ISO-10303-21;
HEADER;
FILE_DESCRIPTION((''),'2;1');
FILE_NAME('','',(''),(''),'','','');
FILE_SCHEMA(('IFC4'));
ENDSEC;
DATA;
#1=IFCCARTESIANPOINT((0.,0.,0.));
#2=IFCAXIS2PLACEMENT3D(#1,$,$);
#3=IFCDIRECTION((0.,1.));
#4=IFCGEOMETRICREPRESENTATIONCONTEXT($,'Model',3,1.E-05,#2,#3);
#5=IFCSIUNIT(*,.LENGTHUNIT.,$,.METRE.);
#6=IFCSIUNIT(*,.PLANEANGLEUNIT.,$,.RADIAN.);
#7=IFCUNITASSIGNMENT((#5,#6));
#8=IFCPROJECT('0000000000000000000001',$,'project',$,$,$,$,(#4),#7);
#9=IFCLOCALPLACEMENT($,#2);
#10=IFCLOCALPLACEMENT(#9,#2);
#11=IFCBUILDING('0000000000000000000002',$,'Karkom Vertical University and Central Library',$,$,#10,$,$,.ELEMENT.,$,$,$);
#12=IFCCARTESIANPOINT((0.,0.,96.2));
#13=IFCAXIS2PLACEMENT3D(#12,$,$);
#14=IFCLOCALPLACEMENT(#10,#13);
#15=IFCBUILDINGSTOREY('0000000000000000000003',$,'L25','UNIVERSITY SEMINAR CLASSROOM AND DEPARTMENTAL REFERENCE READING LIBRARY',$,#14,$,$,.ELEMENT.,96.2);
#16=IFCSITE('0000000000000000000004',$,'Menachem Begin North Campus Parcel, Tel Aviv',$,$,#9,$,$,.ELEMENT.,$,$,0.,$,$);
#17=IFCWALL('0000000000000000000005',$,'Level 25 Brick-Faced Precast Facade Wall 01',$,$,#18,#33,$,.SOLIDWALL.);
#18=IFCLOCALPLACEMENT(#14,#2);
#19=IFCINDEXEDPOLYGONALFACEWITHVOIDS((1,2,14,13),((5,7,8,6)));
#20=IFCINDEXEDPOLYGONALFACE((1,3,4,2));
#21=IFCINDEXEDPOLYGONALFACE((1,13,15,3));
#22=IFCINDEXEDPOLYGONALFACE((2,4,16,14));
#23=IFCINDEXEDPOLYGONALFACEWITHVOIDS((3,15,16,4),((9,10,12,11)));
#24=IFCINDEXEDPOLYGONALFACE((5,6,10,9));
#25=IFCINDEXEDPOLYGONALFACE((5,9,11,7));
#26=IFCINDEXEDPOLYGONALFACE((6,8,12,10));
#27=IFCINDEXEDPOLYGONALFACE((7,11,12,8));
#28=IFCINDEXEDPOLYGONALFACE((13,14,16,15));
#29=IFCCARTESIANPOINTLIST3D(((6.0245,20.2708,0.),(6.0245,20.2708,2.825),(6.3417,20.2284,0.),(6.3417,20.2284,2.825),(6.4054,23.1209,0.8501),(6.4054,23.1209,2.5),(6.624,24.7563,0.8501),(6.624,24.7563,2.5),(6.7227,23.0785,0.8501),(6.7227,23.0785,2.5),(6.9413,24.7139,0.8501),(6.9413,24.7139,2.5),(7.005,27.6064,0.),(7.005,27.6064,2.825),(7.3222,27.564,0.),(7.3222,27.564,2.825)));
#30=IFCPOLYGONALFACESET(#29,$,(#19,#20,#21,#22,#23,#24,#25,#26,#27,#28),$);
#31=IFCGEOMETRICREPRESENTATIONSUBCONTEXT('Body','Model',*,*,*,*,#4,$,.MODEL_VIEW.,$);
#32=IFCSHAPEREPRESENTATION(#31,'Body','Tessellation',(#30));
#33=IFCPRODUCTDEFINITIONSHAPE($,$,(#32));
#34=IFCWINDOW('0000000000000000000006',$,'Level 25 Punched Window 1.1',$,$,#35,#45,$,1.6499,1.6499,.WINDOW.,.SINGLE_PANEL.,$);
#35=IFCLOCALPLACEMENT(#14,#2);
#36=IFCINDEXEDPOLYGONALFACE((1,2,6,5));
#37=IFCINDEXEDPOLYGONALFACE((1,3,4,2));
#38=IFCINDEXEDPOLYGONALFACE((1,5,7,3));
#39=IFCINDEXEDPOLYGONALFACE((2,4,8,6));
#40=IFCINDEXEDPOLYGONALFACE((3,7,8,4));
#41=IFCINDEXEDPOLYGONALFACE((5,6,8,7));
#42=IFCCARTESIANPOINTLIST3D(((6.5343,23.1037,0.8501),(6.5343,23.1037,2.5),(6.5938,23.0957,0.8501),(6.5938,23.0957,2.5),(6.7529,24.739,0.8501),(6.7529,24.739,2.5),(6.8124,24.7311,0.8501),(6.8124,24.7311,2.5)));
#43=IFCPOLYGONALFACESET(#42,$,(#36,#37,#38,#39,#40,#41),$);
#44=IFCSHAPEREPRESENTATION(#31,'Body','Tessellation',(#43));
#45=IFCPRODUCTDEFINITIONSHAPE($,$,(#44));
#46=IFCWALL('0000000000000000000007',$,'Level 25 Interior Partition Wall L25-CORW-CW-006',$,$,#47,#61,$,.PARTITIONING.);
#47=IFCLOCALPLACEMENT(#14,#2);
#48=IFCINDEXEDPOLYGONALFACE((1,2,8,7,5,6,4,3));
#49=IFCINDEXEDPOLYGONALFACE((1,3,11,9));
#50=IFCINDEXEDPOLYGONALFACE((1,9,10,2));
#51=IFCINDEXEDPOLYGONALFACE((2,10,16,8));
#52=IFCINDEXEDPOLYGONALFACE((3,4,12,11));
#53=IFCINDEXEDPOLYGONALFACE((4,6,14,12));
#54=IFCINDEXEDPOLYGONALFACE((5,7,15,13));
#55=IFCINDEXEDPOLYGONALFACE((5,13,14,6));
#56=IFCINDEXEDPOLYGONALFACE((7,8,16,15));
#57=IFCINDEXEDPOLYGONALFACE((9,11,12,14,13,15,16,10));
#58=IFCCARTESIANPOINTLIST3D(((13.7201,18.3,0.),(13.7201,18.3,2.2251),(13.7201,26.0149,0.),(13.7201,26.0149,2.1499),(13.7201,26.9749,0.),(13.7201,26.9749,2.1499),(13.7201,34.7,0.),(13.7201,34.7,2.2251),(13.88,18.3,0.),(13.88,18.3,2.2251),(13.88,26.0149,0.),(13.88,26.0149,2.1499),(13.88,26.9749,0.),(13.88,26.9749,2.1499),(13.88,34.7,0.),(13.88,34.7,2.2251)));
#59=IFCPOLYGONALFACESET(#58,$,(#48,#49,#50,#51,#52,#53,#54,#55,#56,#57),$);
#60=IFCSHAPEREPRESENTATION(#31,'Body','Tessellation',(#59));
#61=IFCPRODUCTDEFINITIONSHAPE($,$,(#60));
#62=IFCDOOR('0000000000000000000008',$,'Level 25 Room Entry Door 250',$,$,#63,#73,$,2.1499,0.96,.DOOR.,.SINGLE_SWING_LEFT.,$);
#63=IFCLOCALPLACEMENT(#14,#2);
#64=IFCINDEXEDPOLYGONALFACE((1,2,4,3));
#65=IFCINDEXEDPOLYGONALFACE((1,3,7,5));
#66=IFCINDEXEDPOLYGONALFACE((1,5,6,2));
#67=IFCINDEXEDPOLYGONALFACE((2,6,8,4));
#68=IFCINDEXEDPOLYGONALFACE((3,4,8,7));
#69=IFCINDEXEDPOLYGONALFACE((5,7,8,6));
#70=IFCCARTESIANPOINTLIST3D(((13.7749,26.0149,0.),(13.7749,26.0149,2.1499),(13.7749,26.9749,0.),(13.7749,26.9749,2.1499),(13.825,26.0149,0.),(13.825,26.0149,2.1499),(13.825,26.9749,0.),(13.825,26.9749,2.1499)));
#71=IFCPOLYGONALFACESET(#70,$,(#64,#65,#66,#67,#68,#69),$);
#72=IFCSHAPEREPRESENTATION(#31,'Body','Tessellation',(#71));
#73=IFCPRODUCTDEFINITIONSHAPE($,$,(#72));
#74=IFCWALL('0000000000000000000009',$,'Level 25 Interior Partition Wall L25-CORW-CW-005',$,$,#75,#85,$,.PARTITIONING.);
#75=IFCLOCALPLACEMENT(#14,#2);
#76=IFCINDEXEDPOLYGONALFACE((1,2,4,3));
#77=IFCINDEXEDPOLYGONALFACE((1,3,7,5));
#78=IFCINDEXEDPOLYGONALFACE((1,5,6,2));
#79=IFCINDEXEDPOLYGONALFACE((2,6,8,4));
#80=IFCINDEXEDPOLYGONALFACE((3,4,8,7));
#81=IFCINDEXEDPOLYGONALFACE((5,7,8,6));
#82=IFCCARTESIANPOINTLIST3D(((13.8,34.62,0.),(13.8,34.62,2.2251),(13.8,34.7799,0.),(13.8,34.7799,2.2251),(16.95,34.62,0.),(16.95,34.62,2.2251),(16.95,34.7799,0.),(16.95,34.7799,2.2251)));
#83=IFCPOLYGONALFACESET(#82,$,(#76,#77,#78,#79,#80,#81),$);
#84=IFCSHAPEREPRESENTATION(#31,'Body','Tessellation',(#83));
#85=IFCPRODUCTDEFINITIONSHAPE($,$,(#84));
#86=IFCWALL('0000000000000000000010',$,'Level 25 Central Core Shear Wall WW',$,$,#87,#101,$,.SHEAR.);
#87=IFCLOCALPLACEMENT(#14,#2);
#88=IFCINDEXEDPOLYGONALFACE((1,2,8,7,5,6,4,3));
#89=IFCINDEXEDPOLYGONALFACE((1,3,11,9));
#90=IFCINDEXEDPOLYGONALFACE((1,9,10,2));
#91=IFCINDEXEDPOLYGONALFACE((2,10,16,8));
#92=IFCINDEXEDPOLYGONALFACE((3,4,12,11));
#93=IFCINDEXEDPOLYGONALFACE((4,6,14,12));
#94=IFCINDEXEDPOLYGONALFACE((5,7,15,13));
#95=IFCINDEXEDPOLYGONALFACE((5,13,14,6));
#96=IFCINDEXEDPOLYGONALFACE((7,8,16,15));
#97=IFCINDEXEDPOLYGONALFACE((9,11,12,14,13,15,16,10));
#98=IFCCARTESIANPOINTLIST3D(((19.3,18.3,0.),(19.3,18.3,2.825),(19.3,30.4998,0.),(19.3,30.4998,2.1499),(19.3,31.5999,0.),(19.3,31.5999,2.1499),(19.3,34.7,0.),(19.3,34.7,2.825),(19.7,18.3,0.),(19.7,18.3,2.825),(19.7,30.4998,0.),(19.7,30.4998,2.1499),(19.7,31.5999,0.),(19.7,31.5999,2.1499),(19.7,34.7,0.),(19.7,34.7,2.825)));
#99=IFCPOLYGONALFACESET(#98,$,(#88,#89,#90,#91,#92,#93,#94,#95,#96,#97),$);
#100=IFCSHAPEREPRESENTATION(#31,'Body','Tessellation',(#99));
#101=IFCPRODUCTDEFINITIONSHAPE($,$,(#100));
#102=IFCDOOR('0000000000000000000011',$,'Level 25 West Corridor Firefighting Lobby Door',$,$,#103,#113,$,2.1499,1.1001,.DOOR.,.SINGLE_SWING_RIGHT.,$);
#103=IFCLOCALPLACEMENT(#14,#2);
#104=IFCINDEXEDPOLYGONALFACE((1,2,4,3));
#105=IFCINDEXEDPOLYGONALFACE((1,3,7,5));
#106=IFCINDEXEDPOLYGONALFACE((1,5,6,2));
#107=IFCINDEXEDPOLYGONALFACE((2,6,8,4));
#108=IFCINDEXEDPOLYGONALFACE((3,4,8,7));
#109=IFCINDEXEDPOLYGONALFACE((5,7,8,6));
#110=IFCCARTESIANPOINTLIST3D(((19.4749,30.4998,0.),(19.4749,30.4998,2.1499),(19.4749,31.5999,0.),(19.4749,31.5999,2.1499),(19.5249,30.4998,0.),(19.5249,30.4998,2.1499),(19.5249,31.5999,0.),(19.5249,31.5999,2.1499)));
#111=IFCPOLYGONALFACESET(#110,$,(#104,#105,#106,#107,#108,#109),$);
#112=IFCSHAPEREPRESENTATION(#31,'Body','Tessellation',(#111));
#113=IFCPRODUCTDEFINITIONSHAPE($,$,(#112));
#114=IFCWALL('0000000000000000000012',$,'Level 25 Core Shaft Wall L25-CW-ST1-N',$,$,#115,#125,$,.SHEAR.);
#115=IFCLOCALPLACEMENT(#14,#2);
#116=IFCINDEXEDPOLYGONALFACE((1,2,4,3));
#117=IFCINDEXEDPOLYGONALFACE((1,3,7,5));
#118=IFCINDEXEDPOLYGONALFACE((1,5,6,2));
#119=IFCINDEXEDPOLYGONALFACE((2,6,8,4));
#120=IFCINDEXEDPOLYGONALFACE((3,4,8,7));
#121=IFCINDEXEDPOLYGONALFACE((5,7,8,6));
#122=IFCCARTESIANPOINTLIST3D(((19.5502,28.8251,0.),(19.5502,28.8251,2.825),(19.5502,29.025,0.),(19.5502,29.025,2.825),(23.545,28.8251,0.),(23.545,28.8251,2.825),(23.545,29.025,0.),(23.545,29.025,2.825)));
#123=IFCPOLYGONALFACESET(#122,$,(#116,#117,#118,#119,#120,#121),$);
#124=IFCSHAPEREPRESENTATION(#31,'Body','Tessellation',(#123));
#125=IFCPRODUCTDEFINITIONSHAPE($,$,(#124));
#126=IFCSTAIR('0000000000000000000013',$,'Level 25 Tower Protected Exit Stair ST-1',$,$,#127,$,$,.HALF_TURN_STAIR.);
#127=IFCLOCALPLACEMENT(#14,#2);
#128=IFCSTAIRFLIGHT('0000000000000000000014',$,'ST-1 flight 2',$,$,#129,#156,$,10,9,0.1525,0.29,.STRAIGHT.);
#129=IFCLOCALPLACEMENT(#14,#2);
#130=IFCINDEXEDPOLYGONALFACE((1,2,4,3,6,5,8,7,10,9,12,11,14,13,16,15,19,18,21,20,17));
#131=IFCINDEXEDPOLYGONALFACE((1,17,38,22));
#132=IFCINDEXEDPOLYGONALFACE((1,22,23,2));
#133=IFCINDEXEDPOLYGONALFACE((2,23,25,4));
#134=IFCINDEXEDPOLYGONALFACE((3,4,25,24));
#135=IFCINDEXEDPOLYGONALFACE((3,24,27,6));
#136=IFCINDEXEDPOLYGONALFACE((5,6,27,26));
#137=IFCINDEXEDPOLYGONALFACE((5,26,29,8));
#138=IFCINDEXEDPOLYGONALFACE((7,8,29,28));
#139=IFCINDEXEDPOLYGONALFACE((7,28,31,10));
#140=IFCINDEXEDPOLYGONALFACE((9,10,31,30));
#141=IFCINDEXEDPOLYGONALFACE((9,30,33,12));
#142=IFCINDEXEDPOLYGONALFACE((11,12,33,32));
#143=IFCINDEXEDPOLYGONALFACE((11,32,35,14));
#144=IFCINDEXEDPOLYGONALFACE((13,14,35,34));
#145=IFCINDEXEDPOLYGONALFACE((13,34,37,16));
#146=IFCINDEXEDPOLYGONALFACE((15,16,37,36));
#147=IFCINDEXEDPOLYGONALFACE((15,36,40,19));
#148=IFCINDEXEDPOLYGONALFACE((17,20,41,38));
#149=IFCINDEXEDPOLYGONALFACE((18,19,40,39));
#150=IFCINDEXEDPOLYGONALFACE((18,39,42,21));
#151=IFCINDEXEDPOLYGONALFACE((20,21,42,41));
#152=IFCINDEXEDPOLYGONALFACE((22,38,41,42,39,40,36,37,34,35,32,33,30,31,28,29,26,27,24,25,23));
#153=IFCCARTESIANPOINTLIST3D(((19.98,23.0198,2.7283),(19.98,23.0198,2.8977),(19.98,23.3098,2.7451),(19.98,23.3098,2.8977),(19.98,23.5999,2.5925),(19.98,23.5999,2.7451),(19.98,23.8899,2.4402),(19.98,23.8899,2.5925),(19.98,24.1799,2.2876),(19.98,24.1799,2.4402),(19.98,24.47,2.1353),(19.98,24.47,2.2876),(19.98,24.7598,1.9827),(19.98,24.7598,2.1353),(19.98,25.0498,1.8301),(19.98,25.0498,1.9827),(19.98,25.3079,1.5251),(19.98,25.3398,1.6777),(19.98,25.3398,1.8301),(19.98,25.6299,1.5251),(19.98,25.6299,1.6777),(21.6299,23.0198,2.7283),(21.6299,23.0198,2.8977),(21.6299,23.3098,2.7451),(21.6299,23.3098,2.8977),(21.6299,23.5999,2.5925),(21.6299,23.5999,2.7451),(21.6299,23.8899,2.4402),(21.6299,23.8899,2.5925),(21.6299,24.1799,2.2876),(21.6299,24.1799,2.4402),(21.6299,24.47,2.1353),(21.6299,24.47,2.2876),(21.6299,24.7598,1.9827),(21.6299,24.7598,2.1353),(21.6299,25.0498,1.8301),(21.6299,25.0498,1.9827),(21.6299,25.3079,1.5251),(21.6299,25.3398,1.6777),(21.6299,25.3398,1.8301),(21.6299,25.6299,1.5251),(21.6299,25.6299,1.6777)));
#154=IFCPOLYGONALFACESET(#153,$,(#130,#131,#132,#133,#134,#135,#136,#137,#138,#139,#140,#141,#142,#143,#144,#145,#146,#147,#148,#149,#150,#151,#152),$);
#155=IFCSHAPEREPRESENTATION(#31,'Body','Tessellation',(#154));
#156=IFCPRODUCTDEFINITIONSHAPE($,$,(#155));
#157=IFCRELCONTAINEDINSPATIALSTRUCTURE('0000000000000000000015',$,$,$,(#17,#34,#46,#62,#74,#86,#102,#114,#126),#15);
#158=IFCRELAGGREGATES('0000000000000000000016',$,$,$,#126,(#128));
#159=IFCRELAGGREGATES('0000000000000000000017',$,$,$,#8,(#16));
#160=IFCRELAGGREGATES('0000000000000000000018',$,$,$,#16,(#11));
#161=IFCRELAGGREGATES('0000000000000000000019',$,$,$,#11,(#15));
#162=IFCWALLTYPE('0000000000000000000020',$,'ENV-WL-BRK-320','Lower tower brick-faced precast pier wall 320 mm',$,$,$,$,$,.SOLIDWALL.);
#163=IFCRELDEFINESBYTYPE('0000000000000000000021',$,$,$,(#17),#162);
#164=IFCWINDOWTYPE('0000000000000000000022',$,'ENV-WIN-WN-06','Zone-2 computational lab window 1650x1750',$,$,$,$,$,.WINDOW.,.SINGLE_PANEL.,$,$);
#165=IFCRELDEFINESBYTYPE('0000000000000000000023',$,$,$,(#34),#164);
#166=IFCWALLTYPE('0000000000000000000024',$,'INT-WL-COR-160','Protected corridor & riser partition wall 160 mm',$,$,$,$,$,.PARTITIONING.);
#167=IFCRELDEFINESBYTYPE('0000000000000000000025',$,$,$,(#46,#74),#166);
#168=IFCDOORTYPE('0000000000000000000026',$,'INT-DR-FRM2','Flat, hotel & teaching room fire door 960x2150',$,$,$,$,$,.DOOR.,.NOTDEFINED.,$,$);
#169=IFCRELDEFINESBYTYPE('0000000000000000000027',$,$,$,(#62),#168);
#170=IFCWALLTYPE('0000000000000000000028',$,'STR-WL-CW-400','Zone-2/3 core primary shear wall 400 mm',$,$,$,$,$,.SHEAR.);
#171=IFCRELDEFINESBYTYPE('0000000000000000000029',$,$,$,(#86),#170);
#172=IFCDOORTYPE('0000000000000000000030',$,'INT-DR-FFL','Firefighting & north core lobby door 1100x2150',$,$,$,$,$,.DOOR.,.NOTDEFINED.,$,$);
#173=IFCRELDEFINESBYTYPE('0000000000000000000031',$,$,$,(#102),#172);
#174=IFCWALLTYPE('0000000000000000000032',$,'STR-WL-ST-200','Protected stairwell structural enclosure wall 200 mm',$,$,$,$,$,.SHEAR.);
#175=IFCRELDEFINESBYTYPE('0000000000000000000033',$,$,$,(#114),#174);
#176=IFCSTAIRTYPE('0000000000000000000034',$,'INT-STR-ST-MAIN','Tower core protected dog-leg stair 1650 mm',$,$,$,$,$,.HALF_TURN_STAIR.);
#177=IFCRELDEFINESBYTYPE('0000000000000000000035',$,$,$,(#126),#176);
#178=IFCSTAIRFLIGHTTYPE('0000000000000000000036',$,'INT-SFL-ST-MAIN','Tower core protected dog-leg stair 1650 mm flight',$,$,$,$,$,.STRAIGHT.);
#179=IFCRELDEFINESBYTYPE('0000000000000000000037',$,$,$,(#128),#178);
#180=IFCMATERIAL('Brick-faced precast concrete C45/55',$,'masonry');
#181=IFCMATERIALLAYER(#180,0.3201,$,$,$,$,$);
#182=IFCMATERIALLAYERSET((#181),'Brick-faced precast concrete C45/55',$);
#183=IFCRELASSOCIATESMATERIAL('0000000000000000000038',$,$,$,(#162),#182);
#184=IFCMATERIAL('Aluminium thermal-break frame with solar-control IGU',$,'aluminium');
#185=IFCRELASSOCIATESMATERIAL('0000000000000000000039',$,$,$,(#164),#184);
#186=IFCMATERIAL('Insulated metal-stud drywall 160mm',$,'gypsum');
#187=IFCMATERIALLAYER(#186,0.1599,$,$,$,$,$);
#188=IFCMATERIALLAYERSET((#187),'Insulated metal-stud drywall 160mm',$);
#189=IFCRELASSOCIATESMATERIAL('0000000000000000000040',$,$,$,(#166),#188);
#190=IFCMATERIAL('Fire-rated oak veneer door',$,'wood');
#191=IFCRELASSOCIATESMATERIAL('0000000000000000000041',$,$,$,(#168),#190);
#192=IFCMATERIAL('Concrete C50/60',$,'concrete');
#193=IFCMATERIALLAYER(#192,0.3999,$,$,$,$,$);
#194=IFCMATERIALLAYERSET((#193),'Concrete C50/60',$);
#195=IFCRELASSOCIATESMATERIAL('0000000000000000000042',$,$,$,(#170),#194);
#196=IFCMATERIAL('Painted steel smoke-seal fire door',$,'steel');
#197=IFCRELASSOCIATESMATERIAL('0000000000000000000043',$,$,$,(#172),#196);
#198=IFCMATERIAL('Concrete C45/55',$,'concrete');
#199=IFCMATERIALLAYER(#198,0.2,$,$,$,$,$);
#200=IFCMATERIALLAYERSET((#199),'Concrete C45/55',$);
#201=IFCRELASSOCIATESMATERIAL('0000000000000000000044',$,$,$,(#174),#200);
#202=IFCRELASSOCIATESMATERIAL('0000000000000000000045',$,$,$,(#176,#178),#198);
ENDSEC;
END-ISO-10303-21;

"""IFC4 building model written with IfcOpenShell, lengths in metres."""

from ifc_helpers import new_model, si_unit, direction, frame, frame_2d, origin, origin_with_axes, place, context, subcontext, project, spatial, polyline, rectangle, outline, extrude, source, transform, mapped, material, layer, layer_set, type_object, element, fill, aggregate, save


model = new_model("IFC4")

# Units and contexts
model_context = context("Model", 3, precision=1e-05, world=origin(), true_north=direction((0.0, 1.0)))
body_context = subcontext(model_context, "Body", "Model", "MODEL_VIEW")
ifc_project = project(units=[si_unit("LENGTHUNIT", "METRE"), si_unit("PLANEANGLEUNIT", "RADIAN")], contexts=[model_context])

# Site, building, storey
site_placement = place(None, origin())
site = spatial("IfcSite", under=ifc_project, at=site_placement, Name="Menachem Begin North Campus Parcel, Tel Aviv", CompositionType="ELEMENT", RefElevation=0.0)
building_placement = place(site_placement, origin())
building = spatial("IfcBuilding", under=site, at=building_placement, Name="Karkom Vertical University and Central Library", CompositionType="ELEMENT")
storey_placement = place(building_placement, frame((0.0, 0.0, 96.2)))
storey = spatial("IfcBuildingStorey", under=building, at=storey_placement, Name="L25", Description="UNIVERSITY SEMINAR CLASSROOM AND DEPARTMENTAL REFERENCE READING LIBRARY", CompositionType="ELEMENT", Elevation=96.2)

# Wall, opening, window
ifc_material_1 = material(Name="Brick-faced precast concrete C45/55", Category="masonry")
ifc_layer_1 = layer(ifc_material_1, 0.3201)
ifc_layer_set_1 = layer_set([ifc_layer_1], Name="Brick-faced precast concrete C45/55")
wall_type_1 = type_object("IfcWallType", Name="ENV-WL-BRK-320", Description="Lower tower brick-faced precast pier wall 320 mm", PredefinedType="SOLIDWALL", material=ifc_layer_set_1)
wall_1_placement = place(storey_placement, frame((7.1636, 27.5852, 0.0), z_axis=(0.0, 0.0, 1.0), x_axis=(-0.132479, -0.991186, 0.0)))
wall_1 = element("IfcWall", 1, at=wall_1_placement, inside=storey, type_object=wall_type_1, Name="Level 25 Brick-Faced Precast Facade Wall 01", PredefinedType="SOLIDWALL", context=body_context, shape_type="SweptSolid", body=[
    extrude(rectangle(XDim=7.4009, YDim=0.3201, at=frame_2d((3.7004, 0.0))), origin(), (0.0, 0.0, 1.0), 2.825),
])
opening_1_placement = place(wall_1_placement, frame((2.8755, 0.0, 0.8501)))
opening_1 = element("IfcOpeningElement", 2, at=opening_1_placement, cuts=wall_1, PredefinedType="OPENING", context=body_context, shape_type="SweptSolid", body=[
    extrude(rectangle(XDim=1.6499, YDim=1.6499, at=frame_2d((0.825, 0.825))), frame((0.0, 0.1699, 0.0), z_axis=(0.0, -1.0, 0.0), x_axis=(1.0, 0.0, 0.0)), (0.0, 0.0, 1.0), 0.3401),
])
ifc_material_2 = material(Name="Aluminium thermal-break frame with solar-control IGU", Category="aluminium")
window_type = type_object("IfcWindowType", Name="ENV-WIN-WN-06", Description="Zone-2 computational lab window 1650x1750", PartitioningType="SINGLE_PANEL", PredefinedType="WINDOW", material=ifc_material_2)
shared_shape_1 = source(origin_with_axes(), body_context, "Body", "SweptSolid", [
    extrude(rectangle(XDim=1.6499, YDim=1.6499, at=frame_2d((0.825, 0.825))), frame((0.0, 0.03, 0.0), z_axis=(0.0, -1.0, 0.0), x_axis=(1.0, 0.0, 0.0)), (0.0, 0.0, 1.0), 0.0601),
])
window_placement = place(opening_1_placement, origin())
window = element("IfcWindow", 3, at=window_placement, inside=storey, type_object=window_type, Name="Level 25 Punched Window 1.1", OverallHeight=1.6499, OverallWidth=1.6499, PartitioningType="SINGLE_PANEL", PredefinedType="WINDOW", context=body_context, shape_type="MappedRepresentation", body=[
    mapped(shared_shape_1, transform((0.0, 0.0, 0.0), scale=1.0)),
])
fill(opening_1, window)

# Wall, opening, door
ifc_material_3 = material(Name="Insulated metal-stud drywall 160mm", Category="gypsum")
ifc_layer_2 = layer(ifc_material_3, 0.1599)
ifc_layer_set_2 = layer_set([ifc_layer_2], Name="Insulated metal-stud drywall 160mm")
wall_type_2 = type_object("IfcWallType", Name="INT-WL-COR-160", Description="Protected corridor & riser partition wall 160 mm", PredefinedType="PARTITIONING", material=ifc_layer_set_2)
wall_2_placement = place(storey_placement, frame((13.8, 34.7, 0.0), z_axis=(0.0, 0.0, 1.0), x_axis=(0.0, -1.0, 0.0)))
wall_2 = element("IfcWall", 4, at=wall_2_placement, inside=storey, type_object=wall_type_2, Name="Level 25 Interior Partition Wall L25-CORW-CW-006", PredefinedType="PARTITIONING", context=body_context, shape_type="SweptSolid", body=[
    extrude(rectangle(XDim=16.3999, YDim=0.1599, at=frame_2d((8.2, 0.0))), origin(), (0.0, 0.0, 1.0), 2.2251),
])
opening_2_placement = place(wall_2_placement, frame((7.7251, 0.0, 0.0)))
opening_2 = element("IfcOpeningElement", 5, at=opening_2_placement, cuts=wall_2, PredefinedType="OPENING", context=body_context, shape_type="SweptSolid", body=[
    extrude(rectangle(XDim=0.96, YDim=2.1499, at=frame_2d((0.48, 1.075))), frame((0.0, 0.0898, 0.0), z_axis=(0.0, -1.0, 0.0), x_axis=(1.0, 0.0, 0.0)), (0.0, 0.0, 1.0), 0.1799),
])
ifc_material_4 = material(Name="Fire-rated oak veneer door", Category="wood")
door_type_1 = type_object("IfcDoorType", Name="INT-DR-FRM2", Description="Flat, hotel & teaching room fire door 960x2150", OperationType="NOTDEFINED", PredefinedType="DOOR", material=ifc_material_4)
shared_shape_2 = source(origin_with_axes(), body_context, "Body", "SweptSolid", [
    extrude(rectangle(XDim=0.96, YDim=2.1499, at=frame_2d((0.48, 1.075))), frame((0.0, 0.0249, 0.0), z_axis=(0.0, -1.0, 0.0), x_axis=(1.0, 0.0, 0.0)), (0.0, 0.0, 1.0), 0.05),
])
door_1_placement = place(opening_2_placement, origin())
door_1 = element("IfcDoor", 6, at=door_1_placement, inside=storey, type_object=door_type_1, Name="Level 25 Room Entry Door 250", OperationType="SINGLE_SWING_LEFT", OverallHeight=2.1499, OverallWidth=0.96, PredefinedType="DOOR", context=body_context, shape_type="MappedRepresentation", body=[
    mapped(shared_shape_2, transform((0.0, 0.0, 0.0), scale=1.0)),
])
fill(opening_2, door_1)

# Wall
wall_3_placement = place(storey_placement, frame((16.95, 34.7, 0.0), z_axis=(0.0, 0.0, 1.0), x_axis=(-1.0, 0.0, 0.0)))
element("IfcWall", 7, at=wall_3_placement, inside=storey, type_object=wall_type_2, Name="Level 25 Interior Partition Wall L25-CORW-CW-005", PredefinedType="PARTITIONING", context=body_context, shape_type="SweptSolid", body=[
    extrude(rectangle(XDim=3.1499, YDim=0.1599, at=frame_2d((1.575, 0.0))), origin(), (0.0, 0.0, 1.0), 2.2251),
])

# Wall, opening, door
ifc_material_5 = material(Name="Concrete C50/60", Category="concrete")
ifc_layer_3 = layer(ifc_material_5, 0.3999)
ifc_layer_set_3 = layer_set([ifc_layer_3], Name="Concrete C50/60")
wall_type_3 = type_object("IfcWallType", Name="STR-WL-CW-400", Description="Zone-2/3 core primary shear wall 400 mm", PredefinedType="SHEAR", material=ifc_layer_set_3)
wall_4_placement = place(storey_placement, frame((19.5, 34.7, 0.0), z_axis=(0.0, 0.0, 1.0), x_axis=(0.0, -1.0, 0.0)))
wall_4 = element("IfcWall", 8, at=wall_4_placement, inside=storey, type_object=wall_type_3, Name="Level 25 Central Core Shear Wall WW", PredefinedType="SHEAR", context=body_context, shape_type="SweptSolid", body=[
    extrude(rectangle(XDim=16.3999, YDim=0.3999, at=frame_2d((8.2, 0.0))), origin(), (0.0, 0.0, 1.0), 2.825),
])
opening_3_placement = place(wall_4_placement, frame((3.1001, 0.0, 0.0)))
opening_3 = element("IfcOpeningElement", 9, at=opening_3_placement, cuts=wall_4, PredefinedType="OPENING", context=body_context, shape_type="SweptSolid", body=[
    extrude(rectangle(XDim=1.1001, YDim=2.1499, at=frame_2d((0.55, 1.075))), frame((0.0, 0.21, 0.0), z_axis=(0.0, -1.0, 0.0), x_axis=(1.0, 0.0, 0.0)), (0.0, 0.0, 1.0), 0.4199),
])
ifc_material_6 = material(Name="Painted steel smoke-seal fire door", Category="steel")
door_type_2 = type_object("IfcDoorType", Name="INT-DR-FFL", Description="Firefighting & north core lobby door 1100x2150", OperationType="NOTDEFINED", PredefinedType="DOOR", material=ifc_material_6)
shared_shape_3 = source(origin_with_axes(), body_context, "Body", "SweptSolid", [
    extrude(rectangle(XDim=1.1001, YDim=2.1499, at=frame_2d((0.55, 1.075))), frame((0.0, 0.0249, 0.0), z_axis=(0.0, -1.0, 0.0), x_axis=(1.0, 0.0, 0.0)), (0.0, 0.0, 1.0), 0.05),
])
door_2_placement = place(opening_3_placement, origin())
door_2 = element("IfcDoor", 10, at=door_2_placement, inside=storey, type_object=door_type_2, Name="Level 25 West Corridor Firefighting Lobby Door", OperationType="SINGLE_SWING_RIGHT", OverallHeight=2.1499, OverallWidth=1.1001, PredefinedType="DOOR", context=body_context, shape_type="MappedRepresentation", body=[
    mapped(shared_shape_3, transform((0.0, 0.0, 0.0), scale=1.0)),
])
fill(opening_3, door_2)

# Wall
ifc_material_7 = material(Name="Concrete C45/55", Category="concrete")
ifc_layer_4 = layer(ifc_material_7, 0.2)
ifc_layer_set_4 = layer_set([ifc_layer_4], Name="Concrete C45/55")
wall_type_4 = type_object("IfcWallType", Name="STR-WL-ST-200", Description="Protected stairwell structural enclosure wall 200 mm", PredefinedType="SHEAR", material=ifc_layer_set_4)
wall_5_placement = place(storey_placement, frame((19.55, 28.925, 0.0), z_axis=(0.0, 0.0, 1.0), x_axis=(1.0, 0.0, 0.0)))
element("IfcWall", 11, at=wall_5_placement, inside=storey, type_object=wall_type_4, Name="Level 25 Core Shaft Wall L25-CW-ST1-N", PredefinedType="SHEAR", context=body_context, shape_type="SweptSolid", body=[
    extrude(rectangle(XDim=3.9949, YDim=0.2, at=frame_2d((1.9976, 0.0))), origin(), (0.0, 0.0, 1.0), 2.825),
])

# Stair, stair flight
stair_type = type_object("IfcStairType", Name="INT-STR-ST-MAIN", Description="Tower core protected dog-leg stair 1650 mm", PredefinedType="HALF_TURN_STAIR", material=ifc_material_7)
stair_placement = place(storey_placement, origin())
stair = element("IfcStair", 12, at=stair_placement, inside=storey, type_object=stair_type, Name="Level 25 Tower Protected Exit Stair ST-1", PredefinedType="HALF_TURN_STAIR")
stair_flight_type = type_object("IfcStairFlightType", Name="INT-SFL-ST-MAIN", Description="Tower core protected dog-leg stair 1650 mm flight", PredefinedType="STRAIGHT", material=ifc_material_7)
stair_flight_placement = place(storey_placement, frame((20.8049, 25.6299, 1.5251), z_axis=(0.0, 0.0, 1.0), x_axis=(0.0, -1.0, 0.0)))
stair_flight = element("IfcStairFlight", 13, at=stair_flight_placement, type_object=stair_flight_type, Name="ST-1 flight 2", NumberOfRisers=10, NumberOfTreads=9, PredefinedType="STRAIGHT", RiserHeight=0.1525, TreadLength=0.29, context=body_context, shape_type="SweptSolid", body=[
    extrude(outline(polyline([(0.0, 0.0), (0.0, 0.1526), (0.29, 0.1526), (0.29, 0.3049), (0.5801, 0.3049), (0.5801, 0.4575), (0.8701, 0.4575), (0.8701, 0.6101), (1.1599, 0.6101), (1.1599, 0.7625), (1.45, 0.7625), (1.45, 0.915), (1.74, 0.915), (1.74, 1.0674), (2.03, 1.0674), (2.03, 1.22), (2.3201, 1.22), (2.3201, 1.3726), (2.6101, 1.3726), (2.6101, 1.5249), (2.6101, 1.2031), (0.322, 0.0), (0.0, 0.0)])), frame((0.0, 0.825, 0.0), z_axis=(0.0, -1.0, 0.0), x_axis=(1.0, 0.0, 0.0)), (0.0, 0.0, 1.0), 1.6499),
])
aggregate(stair, [stair_flight])

save(model, "model.ifc")
